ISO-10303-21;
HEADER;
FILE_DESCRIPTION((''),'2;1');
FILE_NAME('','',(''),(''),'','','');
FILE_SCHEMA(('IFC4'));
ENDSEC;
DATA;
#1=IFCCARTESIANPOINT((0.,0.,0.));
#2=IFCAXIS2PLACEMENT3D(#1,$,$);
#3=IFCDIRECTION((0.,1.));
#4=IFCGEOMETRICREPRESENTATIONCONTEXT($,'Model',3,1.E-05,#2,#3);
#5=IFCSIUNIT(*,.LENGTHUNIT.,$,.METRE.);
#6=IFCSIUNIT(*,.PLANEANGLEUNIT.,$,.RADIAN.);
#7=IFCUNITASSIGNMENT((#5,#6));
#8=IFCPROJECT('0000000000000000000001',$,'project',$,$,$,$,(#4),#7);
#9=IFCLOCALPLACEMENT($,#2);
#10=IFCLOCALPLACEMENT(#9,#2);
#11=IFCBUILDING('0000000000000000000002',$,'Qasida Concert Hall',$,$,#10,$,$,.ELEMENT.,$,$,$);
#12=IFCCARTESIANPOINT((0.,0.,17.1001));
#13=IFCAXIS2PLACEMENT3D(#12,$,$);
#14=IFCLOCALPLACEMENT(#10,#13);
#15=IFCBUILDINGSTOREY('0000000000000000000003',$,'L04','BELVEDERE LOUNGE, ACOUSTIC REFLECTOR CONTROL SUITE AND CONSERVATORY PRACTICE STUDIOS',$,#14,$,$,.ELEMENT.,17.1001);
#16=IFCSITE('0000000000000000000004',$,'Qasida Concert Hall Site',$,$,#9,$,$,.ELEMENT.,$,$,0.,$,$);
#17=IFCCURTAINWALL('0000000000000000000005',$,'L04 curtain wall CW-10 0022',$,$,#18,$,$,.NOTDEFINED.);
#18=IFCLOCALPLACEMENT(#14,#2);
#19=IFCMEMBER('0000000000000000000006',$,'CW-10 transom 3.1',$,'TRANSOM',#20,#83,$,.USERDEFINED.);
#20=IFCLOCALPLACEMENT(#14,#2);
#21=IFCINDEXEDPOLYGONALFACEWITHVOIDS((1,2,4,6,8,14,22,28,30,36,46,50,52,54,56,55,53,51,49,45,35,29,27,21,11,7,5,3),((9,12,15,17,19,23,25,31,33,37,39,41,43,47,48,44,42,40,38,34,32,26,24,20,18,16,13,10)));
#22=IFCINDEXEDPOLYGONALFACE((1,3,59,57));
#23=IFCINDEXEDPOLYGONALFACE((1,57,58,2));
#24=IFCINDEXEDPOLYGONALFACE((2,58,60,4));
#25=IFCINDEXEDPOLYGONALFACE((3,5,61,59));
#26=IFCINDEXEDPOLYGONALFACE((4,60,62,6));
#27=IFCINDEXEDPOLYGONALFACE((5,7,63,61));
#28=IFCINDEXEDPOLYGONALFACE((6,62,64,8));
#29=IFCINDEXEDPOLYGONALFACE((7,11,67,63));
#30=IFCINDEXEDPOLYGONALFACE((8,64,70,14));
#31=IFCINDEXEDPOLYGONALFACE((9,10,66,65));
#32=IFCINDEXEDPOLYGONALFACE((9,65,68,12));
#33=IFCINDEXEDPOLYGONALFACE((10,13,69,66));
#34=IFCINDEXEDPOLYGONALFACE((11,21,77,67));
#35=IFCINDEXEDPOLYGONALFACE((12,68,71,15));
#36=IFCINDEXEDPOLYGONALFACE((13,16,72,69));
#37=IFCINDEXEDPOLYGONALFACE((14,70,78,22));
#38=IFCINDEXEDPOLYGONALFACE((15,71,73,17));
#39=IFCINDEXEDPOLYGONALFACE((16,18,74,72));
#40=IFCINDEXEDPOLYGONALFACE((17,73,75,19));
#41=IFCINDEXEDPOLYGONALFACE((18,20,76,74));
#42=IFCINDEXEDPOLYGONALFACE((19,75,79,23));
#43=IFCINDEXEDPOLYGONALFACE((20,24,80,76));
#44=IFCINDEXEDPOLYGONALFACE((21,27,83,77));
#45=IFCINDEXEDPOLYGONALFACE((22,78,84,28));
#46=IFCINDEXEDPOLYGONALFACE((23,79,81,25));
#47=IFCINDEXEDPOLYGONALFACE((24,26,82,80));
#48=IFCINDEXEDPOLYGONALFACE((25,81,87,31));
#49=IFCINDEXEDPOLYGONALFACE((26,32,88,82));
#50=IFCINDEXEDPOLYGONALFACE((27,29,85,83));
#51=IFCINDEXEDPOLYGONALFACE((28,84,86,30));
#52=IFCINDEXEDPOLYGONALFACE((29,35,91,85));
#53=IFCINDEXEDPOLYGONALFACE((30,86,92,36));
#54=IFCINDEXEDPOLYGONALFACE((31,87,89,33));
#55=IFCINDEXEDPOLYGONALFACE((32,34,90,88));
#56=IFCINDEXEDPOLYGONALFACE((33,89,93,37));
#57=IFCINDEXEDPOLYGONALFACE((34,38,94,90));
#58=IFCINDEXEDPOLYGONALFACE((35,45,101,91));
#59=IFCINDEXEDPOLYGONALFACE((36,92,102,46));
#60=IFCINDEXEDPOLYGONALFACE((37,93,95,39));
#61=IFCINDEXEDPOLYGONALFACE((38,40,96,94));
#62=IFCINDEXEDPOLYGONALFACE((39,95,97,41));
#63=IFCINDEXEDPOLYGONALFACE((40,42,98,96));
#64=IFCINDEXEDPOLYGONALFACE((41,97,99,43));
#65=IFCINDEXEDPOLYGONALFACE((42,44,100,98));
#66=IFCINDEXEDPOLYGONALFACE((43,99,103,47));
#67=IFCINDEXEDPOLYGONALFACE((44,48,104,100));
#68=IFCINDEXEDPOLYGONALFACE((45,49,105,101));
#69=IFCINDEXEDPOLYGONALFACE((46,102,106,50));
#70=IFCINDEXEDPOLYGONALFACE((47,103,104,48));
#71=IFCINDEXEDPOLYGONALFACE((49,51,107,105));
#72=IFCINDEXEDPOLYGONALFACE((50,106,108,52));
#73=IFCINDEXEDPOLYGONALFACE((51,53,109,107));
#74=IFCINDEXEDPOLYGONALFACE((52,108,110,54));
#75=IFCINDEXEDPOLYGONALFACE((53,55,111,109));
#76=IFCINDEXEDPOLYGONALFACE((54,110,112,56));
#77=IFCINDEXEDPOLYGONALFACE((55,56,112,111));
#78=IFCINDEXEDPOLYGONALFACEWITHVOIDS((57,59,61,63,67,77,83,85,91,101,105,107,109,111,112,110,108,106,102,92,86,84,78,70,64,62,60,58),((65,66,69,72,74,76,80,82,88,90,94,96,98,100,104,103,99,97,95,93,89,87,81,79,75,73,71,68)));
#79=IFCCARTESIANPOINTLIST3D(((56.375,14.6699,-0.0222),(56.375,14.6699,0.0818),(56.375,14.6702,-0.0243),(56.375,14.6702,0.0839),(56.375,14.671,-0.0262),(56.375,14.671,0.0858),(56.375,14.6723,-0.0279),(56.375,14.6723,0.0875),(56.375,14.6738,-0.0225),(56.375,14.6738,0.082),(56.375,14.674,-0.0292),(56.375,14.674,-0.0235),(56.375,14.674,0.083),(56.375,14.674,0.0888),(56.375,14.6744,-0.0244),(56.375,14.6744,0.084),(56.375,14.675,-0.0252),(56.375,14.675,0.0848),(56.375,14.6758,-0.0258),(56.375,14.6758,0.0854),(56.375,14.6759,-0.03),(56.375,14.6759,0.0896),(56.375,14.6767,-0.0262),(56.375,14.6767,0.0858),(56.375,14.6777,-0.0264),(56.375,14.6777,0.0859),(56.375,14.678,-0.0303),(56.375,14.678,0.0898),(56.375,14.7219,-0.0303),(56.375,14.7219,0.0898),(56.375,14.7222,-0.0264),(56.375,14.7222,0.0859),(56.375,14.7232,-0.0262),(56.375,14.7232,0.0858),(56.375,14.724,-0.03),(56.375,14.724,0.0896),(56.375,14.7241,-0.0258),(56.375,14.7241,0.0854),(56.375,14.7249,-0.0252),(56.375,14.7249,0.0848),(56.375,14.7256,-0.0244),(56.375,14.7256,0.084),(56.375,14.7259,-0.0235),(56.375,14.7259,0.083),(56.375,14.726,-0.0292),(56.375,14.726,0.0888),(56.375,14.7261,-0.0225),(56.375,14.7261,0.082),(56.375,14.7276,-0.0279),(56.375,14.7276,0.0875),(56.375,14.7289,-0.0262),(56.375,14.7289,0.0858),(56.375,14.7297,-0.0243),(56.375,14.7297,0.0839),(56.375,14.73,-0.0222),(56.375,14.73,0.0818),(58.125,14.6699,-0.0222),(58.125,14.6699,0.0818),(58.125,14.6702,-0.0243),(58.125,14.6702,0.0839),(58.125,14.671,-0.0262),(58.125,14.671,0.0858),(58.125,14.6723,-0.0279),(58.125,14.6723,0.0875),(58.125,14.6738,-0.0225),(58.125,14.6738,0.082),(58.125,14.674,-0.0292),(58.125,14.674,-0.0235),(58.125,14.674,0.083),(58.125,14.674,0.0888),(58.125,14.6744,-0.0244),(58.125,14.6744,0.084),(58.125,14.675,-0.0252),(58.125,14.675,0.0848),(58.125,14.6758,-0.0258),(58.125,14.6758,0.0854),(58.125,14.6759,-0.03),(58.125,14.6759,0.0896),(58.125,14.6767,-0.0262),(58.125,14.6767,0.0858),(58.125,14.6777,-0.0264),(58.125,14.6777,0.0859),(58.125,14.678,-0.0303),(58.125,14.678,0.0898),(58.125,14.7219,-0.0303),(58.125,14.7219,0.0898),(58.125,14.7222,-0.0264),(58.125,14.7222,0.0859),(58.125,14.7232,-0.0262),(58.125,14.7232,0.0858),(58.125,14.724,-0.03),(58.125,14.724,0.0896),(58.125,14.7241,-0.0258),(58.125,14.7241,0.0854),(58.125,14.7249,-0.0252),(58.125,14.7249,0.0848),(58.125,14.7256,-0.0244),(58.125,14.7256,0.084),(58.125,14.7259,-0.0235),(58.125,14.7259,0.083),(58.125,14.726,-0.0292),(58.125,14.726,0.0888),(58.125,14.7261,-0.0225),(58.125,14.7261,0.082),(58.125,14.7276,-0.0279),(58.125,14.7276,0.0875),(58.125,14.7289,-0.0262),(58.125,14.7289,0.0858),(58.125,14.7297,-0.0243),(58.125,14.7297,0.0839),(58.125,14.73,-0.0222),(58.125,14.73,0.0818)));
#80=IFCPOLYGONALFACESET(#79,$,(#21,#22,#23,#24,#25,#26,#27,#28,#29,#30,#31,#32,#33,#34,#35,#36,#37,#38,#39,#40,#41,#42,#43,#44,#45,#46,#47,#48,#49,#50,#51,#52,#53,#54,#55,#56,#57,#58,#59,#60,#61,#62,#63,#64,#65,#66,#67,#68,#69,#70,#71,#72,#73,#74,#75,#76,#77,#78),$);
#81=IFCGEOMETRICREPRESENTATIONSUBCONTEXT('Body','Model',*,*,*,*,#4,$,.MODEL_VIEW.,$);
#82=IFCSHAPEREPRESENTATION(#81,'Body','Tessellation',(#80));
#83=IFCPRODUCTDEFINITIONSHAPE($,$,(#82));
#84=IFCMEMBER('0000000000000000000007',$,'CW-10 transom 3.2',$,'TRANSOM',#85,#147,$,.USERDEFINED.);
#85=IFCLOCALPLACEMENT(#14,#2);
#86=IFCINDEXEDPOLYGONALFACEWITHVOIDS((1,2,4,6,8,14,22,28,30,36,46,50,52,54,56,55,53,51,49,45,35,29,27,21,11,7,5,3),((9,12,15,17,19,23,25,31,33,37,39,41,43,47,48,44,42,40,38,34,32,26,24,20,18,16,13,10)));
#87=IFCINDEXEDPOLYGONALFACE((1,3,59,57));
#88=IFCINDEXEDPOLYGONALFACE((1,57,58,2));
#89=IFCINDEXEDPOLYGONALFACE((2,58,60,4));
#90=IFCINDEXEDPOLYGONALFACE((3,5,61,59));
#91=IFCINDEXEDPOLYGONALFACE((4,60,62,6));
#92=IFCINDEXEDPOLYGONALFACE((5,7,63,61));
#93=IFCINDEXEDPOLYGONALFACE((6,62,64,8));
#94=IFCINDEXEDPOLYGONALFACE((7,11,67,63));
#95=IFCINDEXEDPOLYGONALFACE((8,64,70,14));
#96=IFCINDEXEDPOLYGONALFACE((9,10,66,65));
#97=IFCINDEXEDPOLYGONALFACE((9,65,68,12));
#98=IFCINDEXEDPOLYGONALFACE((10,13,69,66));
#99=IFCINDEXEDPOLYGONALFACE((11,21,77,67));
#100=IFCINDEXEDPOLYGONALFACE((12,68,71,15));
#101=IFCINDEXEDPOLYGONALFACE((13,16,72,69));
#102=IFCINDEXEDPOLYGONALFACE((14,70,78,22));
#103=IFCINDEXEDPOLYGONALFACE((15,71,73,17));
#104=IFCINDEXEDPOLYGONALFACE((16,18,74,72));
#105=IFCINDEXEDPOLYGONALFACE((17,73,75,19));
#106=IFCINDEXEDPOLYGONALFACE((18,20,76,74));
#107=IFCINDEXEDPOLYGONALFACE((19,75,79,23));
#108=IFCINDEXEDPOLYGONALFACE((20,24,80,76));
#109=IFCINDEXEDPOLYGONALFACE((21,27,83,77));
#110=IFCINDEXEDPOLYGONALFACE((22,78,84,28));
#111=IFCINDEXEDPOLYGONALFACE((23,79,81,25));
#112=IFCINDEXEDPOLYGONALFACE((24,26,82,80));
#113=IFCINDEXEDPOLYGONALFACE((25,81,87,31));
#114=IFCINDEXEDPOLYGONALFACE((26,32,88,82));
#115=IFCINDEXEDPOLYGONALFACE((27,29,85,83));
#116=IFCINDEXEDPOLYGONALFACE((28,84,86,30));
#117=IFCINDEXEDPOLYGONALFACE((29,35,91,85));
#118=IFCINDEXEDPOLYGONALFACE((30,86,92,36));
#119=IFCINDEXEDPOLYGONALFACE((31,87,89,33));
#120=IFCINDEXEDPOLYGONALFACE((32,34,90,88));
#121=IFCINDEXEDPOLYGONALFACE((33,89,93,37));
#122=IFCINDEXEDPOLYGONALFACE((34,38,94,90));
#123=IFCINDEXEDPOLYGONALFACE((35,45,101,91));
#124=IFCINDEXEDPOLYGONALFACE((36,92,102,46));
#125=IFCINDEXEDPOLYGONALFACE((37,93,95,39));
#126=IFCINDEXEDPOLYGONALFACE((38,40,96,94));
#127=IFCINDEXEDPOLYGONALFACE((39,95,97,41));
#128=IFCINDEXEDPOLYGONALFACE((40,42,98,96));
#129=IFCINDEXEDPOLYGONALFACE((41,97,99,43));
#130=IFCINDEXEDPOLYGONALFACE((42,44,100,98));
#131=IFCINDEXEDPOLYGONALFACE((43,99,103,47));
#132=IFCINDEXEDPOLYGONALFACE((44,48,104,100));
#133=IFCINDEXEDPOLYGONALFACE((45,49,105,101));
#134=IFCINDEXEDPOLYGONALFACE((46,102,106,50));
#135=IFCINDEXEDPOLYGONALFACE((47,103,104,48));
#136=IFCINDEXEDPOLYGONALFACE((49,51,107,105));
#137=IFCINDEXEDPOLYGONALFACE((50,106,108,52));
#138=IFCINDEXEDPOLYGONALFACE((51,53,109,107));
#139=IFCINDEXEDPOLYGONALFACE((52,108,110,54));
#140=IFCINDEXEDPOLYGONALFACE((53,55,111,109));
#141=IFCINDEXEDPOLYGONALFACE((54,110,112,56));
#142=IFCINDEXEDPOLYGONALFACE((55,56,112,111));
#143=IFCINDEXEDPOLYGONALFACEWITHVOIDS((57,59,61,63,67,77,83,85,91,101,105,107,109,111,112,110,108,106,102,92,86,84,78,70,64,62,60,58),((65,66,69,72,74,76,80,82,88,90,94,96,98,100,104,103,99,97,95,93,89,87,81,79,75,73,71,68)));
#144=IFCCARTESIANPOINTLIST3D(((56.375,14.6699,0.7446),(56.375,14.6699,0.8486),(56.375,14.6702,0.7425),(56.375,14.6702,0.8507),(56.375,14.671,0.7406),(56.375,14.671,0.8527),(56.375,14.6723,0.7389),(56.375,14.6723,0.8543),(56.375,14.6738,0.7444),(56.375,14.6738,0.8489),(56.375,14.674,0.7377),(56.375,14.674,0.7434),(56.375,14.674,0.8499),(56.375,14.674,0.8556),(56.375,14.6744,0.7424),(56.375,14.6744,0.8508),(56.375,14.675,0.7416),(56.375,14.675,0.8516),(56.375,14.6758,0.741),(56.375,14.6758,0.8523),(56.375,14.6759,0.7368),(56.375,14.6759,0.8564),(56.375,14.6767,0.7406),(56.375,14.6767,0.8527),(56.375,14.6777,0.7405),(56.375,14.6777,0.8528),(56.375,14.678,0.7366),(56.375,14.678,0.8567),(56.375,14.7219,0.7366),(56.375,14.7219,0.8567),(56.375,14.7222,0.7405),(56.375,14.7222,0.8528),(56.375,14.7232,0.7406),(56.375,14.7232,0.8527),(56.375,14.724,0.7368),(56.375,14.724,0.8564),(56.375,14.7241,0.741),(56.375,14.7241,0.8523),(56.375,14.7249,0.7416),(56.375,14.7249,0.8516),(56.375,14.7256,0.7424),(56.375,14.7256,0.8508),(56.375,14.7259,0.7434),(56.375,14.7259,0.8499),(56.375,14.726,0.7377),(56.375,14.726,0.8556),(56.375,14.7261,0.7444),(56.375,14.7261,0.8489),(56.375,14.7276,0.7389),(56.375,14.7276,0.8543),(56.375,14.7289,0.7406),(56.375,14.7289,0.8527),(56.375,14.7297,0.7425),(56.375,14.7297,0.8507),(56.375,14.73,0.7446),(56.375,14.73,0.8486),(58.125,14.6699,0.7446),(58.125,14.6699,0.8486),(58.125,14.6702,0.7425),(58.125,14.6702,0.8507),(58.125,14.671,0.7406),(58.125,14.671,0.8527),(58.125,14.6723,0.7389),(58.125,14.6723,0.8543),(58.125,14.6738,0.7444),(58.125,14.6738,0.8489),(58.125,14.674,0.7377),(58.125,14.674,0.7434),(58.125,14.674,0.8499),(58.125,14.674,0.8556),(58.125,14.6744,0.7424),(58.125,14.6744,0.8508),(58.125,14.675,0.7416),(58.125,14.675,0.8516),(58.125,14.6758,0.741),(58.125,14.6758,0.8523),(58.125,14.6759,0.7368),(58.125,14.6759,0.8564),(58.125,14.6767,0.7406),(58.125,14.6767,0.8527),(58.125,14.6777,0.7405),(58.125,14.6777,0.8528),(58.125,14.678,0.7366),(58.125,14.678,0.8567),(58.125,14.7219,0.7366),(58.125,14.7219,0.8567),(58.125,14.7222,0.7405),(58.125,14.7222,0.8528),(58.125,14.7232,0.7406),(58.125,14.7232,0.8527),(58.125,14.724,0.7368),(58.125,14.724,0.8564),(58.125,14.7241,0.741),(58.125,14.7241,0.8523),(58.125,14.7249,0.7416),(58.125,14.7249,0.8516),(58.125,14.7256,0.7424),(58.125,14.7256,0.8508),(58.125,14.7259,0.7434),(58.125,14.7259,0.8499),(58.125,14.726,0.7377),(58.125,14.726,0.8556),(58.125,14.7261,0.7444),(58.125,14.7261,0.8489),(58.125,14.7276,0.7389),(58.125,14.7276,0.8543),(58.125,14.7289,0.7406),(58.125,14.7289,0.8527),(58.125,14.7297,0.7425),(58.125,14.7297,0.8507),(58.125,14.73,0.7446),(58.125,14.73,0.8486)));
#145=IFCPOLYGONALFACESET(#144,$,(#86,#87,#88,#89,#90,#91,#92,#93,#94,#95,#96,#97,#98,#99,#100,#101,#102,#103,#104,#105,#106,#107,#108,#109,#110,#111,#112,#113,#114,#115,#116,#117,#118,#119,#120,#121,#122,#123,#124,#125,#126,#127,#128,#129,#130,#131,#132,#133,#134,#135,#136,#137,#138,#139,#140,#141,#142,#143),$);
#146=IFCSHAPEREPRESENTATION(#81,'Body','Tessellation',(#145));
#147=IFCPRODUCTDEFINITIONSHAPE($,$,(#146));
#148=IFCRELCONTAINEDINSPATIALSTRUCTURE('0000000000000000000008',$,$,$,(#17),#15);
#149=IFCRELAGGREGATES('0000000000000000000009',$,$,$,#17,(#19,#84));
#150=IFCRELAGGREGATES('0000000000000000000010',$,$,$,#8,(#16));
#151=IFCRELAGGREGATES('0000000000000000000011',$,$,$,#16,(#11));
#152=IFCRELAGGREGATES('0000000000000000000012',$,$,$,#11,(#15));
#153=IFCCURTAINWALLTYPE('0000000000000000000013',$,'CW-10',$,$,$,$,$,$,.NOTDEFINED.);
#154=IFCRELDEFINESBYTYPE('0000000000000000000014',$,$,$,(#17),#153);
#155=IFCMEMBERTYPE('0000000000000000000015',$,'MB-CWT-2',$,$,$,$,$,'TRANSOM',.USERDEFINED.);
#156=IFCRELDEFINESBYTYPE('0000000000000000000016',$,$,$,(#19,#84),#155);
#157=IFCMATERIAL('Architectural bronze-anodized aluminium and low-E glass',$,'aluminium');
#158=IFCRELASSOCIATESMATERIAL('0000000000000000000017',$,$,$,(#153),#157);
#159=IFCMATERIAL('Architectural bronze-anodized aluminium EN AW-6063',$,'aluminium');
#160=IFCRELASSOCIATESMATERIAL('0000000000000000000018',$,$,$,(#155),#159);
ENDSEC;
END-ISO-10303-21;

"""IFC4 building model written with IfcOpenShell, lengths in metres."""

from ifc_helpers import new_model, si_unit, direction, frame, origin, origin_2d, place, context, subcontext, project, spatial, hollow_rectangle, extrude, material, material_profile, profile_set, type_object, element, aggregate, save


model = new_model("IFC4")

# Units and contexts
model_context = context("Model", 3, precision=1e-05, world=origin(), true_north=direction((0.0, 1.0)))
body_context = subcontext(model_context, "Body", "Model", "MODEL_VIEW")
ifc_project = project(units=[si_unit("LENGTHUNIT", "METRE"), si_unit("PLANEANGLEUNIT", "RADIAN")], contexts=[model_context])

# Site, building, storey
site_placement = place(None, origin())
site = spatial("IfcSite", under=ifc_project, at=site_placement, Name="Qasida Concert Hall Site", CompositionType="ELEMENT", RefElevation=0.0)
building_placement = place(site_placement, origin())
building = spatial("IfcBuilding", under=site, at=building_placement, Name="Qasida Concert Hall", CompositionType="ELEMENT")
storey_placement = place(building_placement, frame((0.0, 0.0, 17.1001)))
storey = spatial("IfcBuildingStorey", under=building, at=storey_placement, Name="L04", Description="BELVEDERE LOUNGE, ACOUSTIC REFLECTOR CONTROL SUITE AND CONSERVATORY PRACTICE STUDIOS", CompositionType="ELEMENT", Elevation=17.1001)

# Curtain wall, members
ifc_material_1 = material(Name="Architectural bronze-anodized aluminium and low-E glass", Category="aluminium")
curtain_wall_type = type_object("IfcCurtainWallType", Name="CW-10", PredefinedType="NOTDEFINED", material=ifc_material_1)
curtain_wall_placement = place(storey_placement, origin())
curtain_wall = element("IfcCurtainWall", 1, at=curtain_wall_placement, inside=storey, type_object=curtain_wall_type, Name="L04 curtain wall CW-10 0022", PredefinedType="NOTDEFINED")
ifc_material_2 = material(Name="Architectural bronze-anodized aluminium EN AW-6063", Category="aluminium")
ifc_material_profile_1 = material_profile(ifc_material_2, hollow_rectangle(XDim=0.0601, YDim=0.1201, WallThickness=0.0039, InnerFilletRadius=0.0039, OuterFilletRadius=0.0081, at=origin_2d()), Name="CWT 120x60x4")
ifc_profile_set_1 = profile_set([ifc_material_profile_1], Name="Architectural bronze-anodized aluminium EN AW-6063")
member_type_1 = type_object("IfcMemberType", Name="MB-CWT-2", ElementType="TRANSOM", PredefinedType="USERDEFINED", material=ifc_profile_set_1)
member_1_placement = place(storey_placement, frame((56.375, 14.7, 0.0298), z_axis=(1.0, 0.0, 0.0), x_axis=(0.0, 1.0, 0.0)))
member_1 = element("IfcMember", 2, at=member_1_placement, type_object=member_type_1, Name="CW-10 transom 3.1", ObjectType="TRANSOM", PredefinedType="USERDEFINED", context=body_context, shape_type="SweptSolid", body=[
    extrude(hollow_rectangle(XDim=0.0601, YDim=0.1201, WallThickness=0.0039, InnerFilletRadius=0.0039, OuterFilletRadius=0.0081, at=origin_2d()), origin(), (0.0, 0.0, 1.0), 1.75),
])
member_2_placement = place(storey_placement, frame((56.375, 14.7, 0.7966), z_axis=(1.0, 0.0, 0.0), x_axis=(0.0, 1.0, 0.0)))
member_2 = element("IfcMember", 3, at=member_2_placement, type_object=member_type_1, Name="CW-10 transom 3.2", ObjectType="TRANSOM", PredefinedType="USERDEFINED", context=body_context, shape_type="SweptSolid", body=[
    extrude(hollow_rectangle(XDim=0.0601, YDim=0.1201, WallThickness=0.0039, InnerFilletRadius=0.0039, OuterFilletRadius=0.0081, at=origin_2d()), origin(), (0.0, 0.0, 1.0), 1.75),
])
aggregate(curtain_wall, [member_1, member_2])

save(model, "model.ifc")
